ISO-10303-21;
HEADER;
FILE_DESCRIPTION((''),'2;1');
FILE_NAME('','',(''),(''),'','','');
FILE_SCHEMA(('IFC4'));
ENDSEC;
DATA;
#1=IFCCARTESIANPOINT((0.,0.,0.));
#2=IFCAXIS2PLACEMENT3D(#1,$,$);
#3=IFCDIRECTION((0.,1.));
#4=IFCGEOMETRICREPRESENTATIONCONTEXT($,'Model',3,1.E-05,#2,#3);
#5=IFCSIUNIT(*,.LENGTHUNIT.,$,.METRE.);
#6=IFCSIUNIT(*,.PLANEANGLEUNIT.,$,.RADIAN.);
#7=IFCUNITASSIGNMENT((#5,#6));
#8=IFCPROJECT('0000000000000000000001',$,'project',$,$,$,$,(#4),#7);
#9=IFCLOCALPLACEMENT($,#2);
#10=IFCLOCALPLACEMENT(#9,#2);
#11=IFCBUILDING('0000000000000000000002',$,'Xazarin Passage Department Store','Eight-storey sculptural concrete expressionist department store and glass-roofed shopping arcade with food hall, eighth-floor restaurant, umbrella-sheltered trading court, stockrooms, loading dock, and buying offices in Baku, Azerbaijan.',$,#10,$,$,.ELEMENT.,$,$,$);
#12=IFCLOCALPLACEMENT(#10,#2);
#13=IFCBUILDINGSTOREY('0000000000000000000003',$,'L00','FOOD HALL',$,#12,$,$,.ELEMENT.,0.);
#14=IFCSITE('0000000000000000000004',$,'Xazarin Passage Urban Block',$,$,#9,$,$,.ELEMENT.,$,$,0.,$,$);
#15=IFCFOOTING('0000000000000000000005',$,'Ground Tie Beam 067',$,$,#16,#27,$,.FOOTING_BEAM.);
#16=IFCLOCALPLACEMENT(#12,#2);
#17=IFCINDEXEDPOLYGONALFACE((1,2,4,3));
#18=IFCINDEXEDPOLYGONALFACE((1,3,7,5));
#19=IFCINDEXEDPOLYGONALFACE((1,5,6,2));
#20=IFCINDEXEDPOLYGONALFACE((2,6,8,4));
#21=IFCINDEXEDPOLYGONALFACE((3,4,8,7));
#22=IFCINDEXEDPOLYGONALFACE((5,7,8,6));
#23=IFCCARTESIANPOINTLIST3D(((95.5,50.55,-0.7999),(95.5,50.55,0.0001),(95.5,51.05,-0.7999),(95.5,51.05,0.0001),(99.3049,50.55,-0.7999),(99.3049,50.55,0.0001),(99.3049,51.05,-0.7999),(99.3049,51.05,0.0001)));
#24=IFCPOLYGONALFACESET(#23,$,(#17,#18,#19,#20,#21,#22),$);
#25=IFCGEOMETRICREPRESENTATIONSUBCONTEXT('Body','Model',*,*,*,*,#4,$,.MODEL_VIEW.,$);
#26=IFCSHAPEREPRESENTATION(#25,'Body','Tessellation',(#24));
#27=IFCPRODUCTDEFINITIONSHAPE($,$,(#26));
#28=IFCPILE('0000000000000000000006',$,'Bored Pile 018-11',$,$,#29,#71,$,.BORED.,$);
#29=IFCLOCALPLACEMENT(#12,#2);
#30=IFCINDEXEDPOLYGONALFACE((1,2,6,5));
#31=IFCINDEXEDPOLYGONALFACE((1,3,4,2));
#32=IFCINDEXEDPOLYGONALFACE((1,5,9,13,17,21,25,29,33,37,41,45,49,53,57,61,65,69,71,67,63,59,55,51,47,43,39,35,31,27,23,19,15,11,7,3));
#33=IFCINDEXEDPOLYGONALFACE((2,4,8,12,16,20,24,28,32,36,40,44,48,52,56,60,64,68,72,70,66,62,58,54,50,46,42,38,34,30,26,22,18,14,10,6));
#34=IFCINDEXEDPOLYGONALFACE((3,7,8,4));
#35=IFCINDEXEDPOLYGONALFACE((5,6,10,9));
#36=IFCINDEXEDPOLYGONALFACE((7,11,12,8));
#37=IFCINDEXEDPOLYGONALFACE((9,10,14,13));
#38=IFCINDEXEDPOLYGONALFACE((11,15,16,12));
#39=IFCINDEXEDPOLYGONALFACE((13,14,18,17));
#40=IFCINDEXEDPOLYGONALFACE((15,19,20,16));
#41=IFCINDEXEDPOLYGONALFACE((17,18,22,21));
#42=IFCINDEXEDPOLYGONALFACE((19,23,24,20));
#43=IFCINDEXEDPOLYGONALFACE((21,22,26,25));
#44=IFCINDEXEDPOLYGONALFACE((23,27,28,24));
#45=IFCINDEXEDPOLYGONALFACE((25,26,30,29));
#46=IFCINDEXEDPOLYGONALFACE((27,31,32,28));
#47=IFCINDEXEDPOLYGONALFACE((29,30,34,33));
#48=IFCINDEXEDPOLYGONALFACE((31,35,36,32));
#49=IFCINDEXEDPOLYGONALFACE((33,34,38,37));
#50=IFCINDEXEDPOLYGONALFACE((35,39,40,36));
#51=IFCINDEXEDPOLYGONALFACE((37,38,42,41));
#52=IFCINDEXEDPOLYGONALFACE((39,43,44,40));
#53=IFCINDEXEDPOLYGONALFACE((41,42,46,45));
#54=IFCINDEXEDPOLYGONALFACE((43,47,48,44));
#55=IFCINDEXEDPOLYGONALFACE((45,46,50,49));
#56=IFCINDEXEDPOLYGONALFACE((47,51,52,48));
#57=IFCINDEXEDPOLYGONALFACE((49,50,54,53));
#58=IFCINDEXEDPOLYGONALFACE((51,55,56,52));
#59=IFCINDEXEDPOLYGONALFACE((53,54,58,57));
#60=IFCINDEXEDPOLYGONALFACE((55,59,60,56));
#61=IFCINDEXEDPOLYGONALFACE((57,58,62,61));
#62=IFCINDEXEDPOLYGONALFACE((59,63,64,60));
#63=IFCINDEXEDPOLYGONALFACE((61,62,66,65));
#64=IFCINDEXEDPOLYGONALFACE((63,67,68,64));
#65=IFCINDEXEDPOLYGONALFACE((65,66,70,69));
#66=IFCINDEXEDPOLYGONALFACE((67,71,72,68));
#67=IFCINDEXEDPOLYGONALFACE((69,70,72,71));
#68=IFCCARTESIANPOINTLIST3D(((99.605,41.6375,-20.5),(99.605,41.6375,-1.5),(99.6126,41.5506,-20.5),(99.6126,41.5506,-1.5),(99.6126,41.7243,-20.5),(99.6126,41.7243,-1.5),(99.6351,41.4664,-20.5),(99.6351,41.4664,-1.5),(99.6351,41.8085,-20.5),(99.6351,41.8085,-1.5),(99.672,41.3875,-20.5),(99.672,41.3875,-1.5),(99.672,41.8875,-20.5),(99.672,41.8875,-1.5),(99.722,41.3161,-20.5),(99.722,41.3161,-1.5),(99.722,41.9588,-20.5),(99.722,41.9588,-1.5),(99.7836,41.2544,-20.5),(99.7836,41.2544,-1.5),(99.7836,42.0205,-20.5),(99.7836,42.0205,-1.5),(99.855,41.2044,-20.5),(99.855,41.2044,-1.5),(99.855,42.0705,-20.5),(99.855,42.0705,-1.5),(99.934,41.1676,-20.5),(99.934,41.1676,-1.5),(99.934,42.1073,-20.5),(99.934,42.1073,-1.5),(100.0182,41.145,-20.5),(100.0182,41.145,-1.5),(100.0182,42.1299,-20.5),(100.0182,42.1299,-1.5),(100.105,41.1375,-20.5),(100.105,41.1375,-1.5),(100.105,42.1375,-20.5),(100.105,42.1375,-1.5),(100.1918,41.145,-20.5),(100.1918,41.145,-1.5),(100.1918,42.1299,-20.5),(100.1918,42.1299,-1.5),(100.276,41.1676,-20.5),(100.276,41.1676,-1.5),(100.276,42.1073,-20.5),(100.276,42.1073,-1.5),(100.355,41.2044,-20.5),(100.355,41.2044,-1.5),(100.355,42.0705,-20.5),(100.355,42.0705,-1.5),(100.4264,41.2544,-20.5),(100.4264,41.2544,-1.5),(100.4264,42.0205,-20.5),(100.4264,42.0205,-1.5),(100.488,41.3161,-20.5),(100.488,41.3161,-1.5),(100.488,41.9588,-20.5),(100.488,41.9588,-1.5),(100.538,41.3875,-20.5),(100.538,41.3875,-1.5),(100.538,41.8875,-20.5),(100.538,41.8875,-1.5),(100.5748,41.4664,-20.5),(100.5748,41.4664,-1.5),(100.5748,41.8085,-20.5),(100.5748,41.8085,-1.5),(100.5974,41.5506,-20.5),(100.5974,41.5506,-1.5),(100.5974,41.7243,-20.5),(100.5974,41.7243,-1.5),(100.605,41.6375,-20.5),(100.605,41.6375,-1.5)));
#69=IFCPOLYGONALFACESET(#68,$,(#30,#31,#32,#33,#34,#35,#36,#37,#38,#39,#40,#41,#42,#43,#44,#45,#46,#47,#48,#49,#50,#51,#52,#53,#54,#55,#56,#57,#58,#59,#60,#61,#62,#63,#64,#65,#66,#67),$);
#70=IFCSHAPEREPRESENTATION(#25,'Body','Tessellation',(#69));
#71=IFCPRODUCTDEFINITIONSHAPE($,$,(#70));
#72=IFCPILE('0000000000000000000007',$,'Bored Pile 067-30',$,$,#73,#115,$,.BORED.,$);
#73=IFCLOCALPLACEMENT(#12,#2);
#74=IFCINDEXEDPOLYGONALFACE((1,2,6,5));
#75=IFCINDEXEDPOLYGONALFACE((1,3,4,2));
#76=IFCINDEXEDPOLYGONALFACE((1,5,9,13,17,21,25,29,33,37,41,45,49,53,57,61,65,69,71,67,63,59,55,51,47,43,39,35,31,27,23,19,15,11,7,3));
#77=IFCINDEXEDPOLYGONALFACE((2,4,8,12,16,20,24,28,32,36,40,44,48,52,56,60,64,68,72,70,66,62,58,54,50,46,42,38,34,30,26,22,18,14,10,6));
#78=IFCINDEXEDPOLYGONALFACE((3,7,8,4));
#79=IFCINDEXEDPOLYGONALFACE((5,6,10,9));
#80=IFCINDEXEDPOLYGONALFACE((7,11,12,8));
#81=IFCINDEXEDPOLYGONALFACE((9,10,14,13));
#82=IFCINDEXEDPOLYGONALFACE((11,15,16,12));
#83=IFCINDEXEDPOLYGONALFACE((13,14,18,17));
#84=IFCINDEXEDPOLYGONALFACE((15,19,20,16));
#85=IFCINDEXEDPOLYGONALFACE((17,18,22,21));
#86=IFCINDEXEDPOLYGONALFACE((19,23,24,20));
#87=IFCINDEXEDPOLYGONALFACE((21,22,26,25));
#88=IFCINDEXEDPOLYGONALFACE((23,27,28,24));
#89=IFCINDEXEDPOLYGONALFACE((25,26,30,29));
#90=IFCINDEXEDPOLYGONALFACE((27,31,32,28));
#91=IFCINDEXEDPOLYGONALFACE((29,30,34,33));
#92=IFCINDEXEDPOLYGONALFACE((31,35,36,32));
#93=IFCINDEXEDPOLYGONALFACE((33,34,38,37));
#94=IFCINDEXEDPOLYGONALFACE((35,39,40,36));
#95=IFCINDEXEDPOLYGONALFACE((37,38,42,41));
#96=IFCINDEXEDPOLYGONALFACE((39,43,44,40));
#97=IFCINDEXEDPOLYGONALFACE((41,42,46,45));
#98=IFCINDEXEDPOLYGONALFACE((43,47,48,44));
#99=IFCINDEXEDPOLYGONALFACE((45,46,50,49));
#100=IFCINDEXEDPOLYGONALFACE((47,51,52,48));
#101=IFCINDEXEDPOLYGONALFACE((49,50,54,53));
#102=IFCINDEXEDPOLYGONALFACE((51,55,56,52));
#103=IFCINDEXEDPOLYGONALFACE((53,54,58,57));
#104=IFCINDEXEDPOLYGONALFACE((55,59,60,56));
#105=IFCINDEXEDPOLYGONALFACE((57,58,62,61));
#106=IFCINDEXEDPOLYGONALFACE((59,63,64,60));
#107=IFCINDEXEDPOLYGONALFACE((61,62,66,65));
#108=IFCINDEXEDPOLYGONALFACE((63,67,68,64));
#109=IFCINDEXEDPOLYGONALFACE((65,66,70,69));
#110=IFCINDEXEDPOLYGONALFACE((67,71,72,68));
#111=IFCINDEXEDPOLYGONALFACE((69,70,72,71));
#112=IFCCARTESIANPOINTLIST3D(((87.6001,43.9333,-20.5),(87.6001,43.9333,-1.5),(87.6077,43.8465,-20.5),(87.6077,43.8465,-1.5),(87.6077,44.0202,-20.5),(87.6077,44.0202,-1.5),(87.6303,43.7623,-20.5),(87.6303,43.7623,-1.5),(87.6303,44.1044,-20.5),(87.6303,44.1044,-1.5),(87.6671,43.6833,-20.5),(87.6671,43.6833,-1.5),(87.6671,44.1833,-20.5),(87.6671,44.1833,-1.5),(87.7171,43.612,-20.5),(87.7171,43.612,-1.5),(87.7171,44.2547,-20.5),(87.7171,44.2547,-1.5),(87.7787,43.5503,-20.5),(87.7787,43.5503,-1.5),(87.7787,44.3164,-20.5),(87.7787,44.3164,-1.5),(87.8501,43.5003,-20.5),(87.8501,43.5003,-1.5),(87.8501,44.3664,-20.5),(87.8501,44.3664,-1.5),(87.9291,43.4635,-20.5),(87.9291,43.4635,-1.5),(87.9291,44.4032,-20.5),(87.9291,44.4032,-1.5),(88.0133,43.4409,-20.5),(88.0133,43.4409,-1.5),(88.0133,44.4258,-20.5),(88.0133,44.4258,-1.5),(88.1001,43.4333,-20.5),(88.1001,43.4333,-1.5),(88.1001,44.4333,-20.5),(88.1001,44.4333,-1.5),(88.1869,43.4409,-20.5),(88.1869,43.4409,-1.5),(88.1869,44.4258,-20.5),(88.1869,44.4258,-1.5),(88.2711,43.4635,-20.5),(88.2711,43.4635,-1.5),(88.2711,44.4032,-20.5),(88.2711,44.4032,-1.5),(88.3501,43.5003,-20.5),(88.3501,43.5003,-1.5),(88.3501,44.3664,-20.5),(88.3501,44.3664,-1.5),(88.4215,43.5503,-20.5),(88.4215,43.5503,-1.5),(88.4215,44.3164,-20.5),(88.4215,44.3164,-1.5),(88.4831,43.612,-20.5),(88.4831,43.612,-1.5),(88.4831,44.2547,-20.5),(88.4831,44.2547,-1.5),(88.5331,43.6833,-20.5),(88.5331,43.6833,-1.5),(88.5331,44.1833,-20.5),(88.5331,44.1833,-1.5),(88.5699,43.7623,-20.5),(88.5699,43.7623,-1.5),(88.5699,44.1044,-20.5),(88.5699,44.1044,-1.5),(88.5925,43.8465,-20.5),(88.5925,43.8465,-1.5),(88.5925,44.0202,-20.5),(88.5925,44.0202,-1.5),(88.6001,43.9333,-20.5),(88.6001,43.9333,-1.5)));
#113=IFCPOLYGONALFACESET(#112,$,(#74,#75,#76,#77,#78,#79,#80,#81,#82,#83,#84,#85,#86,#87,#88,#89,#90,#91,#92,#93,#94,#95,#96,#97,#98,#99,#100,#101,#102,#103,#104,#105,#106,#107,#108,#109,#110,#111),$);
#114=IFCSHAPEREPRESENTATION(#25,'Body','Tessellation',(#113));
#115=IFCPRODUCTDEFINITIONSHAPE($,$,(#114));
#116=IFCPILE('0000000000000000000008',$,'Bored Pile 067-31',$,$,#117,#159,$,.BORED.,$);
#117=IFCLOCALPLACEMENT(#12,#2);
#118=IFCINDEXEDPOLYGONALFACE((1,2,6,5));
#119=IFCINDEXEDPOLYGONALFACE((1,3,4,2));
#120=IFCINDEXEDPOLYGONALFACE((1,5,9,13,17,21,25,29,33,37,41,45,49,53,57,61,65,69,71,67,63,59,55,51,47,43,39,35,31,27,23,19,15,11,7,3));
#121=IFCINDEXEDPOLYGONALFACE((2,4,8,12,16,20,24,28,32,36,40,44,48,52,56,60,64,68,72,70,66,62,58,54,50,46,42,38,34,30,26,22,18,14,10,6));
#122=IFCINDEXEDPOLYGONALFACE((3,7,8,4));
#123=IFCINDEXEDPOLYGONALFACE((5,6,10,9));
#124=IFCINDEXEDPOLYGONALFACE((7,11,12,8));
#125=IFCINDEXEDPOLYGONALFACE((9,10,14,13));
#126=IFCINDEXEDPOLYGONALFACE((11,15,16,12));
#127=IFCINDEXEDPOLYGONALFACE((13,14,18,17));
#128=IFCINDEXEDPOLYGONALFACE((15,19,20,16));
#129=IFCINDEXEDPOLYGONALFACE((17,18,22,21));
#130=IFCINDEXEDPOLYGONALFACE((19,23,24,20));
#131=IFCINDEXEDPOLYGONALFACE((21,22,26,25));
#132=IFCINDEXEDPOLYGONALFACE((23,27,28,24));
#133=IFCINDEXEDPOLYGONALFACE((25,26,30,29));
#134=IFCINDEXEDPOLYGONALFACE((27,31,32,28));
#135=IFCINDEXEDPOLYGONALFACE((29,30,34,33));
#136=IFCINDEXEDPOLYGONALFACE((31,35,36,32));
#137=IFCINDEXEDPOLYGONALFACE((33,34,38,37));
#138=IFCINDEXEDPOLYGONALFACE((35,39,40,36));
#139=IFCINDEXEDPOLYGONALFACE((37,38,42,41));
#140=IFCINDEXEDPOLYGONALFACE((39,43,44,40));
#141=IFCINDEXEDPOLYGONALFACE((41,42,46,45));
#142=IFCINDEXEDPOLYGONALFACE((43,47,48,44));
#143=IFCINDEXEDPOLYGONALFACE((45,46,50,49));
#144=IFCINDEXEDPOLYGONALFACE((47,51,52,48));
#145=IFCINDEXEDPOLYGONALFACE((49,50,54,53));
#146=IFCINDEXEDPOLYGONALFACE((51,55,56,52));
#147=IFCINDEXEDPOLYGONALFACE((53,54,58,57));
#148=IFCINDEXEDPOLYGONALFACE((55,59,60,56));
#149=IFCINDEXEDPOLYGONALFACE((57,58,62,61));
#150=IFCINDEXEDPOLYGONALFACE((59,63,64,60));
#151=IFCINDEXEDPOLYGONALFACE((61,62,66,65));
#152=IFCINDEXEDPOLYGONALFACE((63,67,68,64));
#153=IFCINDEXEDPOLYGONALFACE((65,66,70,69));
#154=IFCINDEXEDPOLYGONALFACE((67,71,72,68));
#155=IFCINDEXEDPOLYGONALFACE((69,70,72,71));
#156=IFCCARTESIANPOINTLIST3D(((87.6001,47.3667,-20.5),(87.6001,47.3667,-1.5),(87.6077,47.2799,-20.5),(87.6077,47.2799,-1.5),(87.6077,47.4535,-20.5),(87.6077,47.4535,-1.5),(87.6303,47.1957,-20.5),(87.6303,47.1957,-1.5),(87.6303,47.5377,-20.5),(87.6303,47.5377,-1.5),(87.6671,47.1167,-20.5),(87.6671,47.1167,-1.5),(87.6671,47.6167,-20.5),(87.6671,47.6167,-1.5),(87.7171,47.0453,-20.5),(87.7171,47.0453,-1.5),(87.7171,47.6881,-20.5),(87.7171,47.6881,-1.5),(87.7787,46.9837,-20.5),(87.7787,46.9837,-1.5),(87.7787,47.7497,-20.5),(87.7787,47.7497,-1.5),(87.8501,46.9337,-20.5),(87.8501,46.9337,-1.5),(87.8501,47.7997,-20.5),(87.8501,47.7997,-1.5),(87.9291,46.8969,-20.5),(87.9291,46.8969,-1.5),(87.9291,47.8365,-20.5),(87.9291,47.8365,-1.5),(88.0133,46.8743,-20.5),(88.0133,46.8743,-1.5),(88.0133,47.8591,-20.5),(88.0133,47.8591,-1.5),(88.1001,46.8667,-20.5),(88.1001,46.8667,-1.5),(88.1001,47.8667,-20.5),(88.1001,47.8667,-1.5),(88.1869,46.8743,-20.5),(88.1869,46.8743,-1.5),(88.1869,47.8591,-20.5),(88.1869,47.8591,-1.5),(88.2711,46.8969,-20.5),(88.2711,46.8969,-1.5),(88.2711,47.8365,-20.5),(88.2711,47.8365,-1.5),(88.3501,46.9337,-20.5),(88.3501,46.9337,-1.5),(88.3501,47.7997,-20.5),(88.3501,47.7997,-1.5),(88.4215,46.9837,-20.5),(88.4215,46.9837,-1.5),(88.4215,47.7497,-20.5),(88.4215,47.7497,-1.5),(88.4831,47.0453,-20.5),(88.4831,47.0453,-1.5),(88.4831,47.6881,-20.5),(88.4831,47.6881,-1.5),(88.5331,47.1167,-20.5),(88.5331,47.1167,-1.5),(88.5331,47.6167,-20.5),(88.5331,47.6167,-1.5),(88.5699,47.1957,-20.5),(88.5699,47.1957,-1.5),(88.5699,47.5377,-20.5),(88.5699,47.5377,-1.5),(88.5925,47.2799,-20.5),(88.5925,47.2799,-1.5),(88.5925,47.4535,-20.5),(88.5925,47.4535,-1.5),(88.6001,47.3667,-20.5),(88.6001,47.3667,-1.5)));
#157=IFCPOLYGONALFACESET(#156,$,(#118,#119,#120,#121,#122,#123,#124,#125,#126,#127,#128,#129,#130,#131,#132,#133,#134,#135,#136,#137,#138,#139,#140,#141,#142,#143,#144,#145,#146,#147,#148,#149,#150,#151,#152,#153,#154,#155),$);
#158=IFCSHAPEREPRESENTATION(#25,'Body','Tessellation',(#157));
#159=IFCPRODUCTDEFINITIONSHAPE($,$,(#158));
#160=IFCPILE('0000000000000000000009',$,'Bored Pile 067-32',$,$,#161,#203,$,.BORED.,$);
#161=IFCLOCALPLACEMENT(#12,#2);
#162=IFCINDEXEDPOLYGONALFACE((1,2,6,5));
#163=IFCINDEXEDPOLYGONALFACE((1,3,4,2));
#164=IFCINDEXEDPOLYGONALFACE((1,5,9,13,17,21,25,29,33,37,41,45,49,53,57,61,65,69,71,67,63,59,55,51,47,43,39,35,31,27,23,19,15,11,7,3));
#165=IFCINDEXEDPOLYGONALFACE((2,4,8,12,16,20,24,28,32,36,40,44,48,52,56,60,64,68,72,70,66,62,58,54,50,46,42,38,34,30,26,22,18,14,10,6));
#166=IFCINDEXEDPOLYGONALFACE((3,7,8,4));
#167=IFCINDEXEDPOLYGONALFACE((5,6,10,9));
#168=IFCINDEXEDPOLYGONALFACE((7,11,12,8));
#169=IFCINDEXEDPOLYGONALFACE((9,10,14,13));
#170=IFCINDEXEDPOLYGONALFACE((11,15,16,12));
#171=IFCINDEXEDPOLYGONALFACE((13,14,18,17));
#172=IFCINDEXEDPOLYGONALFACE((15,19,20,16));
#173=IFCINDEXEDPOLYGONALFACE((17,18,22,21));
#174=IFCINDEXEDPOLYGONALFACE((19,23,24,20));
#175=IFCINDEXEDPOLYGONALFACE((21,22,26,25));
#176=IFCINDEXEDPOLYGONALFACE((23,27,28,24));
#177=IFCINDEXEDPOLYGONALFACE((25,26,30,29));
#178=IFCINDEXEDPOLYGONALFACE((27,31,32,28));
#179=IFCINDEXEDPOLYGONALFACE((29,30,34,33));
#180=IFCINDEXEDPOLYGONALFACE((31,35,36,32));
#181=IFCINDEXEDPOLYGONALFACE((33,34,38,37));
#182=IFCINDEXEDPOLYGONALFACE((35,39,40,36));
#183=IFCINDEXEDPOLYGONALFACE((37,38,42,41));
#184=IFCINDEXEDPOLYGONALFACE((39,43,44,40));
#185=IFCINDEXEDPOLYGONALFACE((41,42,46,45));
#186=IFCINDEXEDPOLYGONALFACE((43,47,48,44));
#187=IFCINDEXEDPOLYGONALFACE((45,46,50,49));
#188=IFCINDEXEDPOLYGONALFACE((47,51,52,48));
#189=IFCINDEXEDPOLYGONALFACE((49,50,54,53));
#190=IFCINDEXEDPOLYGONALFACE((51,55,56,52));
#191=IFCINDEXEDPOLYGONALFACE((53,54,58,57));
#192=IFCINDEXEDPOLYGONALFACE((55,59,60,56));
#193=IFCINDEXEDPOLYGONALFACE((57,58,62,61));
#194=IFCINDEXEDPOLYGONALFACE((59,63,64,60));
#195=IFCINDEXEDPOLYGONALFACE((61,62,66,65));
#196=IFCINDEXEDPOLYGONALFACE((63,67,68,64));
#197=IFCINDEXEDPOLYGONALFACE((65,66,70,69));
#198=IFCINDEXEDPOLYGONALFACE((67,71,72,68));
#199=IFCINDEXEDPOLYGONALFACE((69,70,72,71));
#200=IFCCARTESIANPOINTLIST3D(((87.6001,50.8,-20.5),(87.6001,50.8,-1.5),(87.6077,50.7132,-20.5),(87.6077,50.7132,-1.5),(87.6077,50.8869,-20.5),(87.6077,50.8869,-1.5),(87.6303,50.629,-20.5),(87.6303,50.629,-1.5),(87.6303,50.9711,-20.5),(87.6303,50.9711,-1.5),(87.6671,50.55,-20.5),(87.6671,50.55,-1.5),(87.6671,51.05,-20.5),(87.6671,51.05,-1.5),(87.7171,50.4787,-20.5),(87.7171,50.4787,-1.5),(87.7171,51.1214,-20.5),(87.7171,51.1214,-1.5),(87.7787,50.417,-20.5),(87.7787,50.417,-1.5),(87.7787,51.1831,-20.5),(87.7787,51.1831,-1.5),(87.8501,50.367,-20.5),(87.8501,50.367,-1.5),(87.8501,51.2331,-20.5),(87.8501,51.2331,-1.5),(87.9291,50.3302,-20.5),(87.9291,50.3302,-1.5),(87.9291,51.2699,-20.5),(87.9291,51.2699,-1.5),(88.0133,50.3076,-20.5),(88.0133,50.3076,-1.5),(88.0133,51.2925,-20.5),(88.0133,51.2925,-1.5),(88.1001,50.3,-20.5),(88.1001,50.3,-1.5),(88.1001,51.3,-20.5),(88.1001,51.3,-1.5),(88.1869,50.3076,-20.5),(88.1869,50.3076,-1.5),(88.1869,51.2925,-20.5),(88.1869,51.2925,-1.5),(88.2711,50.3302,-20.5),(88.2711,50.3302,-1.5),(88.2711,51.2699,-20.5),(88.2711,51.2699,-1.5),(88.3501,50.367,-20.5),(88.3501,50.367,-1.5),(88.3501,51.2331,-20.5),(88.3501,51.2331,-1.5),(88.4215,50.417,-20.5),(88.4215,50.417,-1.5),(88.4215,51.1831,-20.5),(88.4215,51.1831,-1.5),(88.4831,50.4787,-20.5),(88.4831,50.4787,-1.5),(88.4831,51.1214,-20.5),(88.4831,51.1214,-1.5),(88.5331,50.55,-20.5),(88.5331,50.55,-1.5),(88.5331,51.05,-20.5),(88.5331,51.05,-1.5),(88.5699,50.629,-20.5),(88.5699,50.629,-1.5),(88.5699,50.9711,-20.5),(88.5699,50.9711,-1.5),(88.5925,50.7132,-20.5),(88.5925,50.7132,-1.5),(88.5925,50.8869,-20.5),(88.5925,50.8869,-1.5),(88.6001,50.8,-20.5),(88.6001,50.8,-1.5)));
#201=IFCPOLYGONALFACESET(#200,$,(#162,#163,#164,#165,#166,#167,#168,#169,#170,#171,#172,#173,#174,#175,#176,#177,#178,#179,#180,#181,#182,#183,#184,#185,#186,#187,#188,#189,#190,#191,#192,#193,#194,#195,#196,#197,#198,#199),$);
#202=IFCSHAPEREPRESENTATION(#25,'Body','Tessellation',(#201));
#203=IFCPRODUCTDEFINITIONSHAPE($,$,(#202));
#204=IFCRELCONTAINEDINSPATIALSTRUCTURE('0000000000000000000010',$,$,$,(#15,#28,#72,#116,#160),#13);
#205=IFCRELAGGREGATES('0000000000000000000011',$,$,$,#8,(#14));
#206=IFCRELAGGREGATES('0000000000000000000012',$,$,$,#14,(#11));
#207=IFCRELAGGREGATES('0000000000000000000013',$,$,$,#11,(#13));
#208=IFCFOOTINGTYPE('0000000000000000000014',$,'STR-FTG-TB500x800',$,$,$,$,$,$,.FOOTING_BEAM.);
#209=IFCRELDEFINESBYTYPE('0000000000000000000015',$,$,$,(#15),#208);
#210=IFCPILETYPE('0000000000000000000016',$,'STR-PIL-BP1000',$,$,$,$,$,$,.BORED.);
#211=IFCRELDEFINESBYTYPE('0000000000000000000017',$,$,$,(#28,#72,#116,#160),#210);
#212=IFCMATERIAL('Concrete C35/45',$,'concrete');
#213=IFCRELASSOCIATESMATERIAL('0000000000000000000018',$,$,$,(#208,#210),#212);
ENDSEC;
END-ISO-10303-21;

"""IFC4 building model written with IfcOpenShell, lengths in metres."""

from ifc_helpers import new_model, si_unit, direction, frame, origin, origin_2d, place, context, subcontext, project, spatial, rectangle, circle, extrude, material, material_profile, profile_set, type_object, element, save


model = new_model("IFC4")

# Units and contexts
model_context = context("Model", 3, precision=1e-05, world=origin(), true_north=direction((0.0, 1.0)))
body_context = subcontext(model_context, "Body", "Model", "MODEL_VIEW")
ifc_project = project(units=[si_unit("LENGTHUNIT", "METRE"), si_unit("PLANEANGLEUNIT", "RADIAN")], contexts=[model_context])

# Site, building, storey
site_placement = place(None, origin())
site = spatial("IfcSite", under=ifc_project, at=site_placement, Name="Xazarin Passage Urban Block", CompositionType="ELEMENT", RefElevation=0.0)
building_placement = place(site_placement, origin())
building = spatial("IfcBuilding", under=site, at=building_placement, Name="Xazarin Passage Department Store", Description="Eight-storey sculptural concrete expressionist department store and glass-roofed shopping arcade with food hall, eighth-floor restaurant, umbrella-sheltered trading court, stockrooms, loading dock, and buying offices in Baku, Azerbaijan.", CompositionType="ELEMENT")
storey_placement = place(building_placement, origin())
storey = spatial("IfcBuildingStorey", under=building, at=storey_placement, Name="L00", Description="FOOD HALL", CompositionType="ELEMENT", Elevation=0.0)

# Footing
ifc_material_1 = material(Name="Concrete C35/45", Category="concrete")
ifc_material_profile_1 = material_profile(ifc_material_1, rectangle(XDim=0.5, YDim=0.8, at=origin_2d()), Name="RC 500x800")
ifc_profile_set_1 = profile_set([ifc_material_profile_1], Name="Concrete C35/45")
footing_type = type_object("IfcFootingType", Name="STR-FTG-TB500x800", PredefinedType="FOOTING_BEAM", material=ifc_profile_set_1)
footing_placement = place(storey_placement, frame((95.5, 50.8, -0.3999), z_axis=(1.0, 0.0, 0.0), x_axis=(0.0, 1.0, 0.0)))
element("IfcFooting", 1, at=footing_placement, inside=storey, type_object=footing_type, Name="Ground Tie Beam 067", PredefinedType="FOOTING_BEAM", context=body_context, shape_type="SweptSolid", body=[
    extrude(rectangle(XDim=0.5, YDim=0.8, at=origin_2d()), origin(), (0.0, 0.0, 1.0), 3.8049),
])

# Piles
ifc_material_profile_2 = material_profile(ifc_material_1, circle(Radius=0.5, at=origin_2d()), Name="BP 1000")
ifc_profile_set_2 = profile_set([ifc_material_profile_2], Name="Concrete C35/45")
pile_type_1 = type_object("IfcPileType", Name="STR-PIL-BP1000", PredefinedType="BORED", material=ifc_profile_set_2)
for number, where, z_axis, x_axis, name in (
    (2, (100.105, 41.6375, -1.5), (0.0, 0.0, -1.0), (1.0, 0.0, 0.0), "Bored Pile 018-11"),
    (3, (88.1001, 43.9333, -1.5), (0.0, 0.0, -1.0), (1.0, 0.0, 0.0), "Bored Pile 067-30"),
    (4, (88.1001, 47.3667, -1.5), (0.0, 0.0, -1.0), (1.0, 0.0, 0.0), "Bored Pile 067-31"),
    (5, (88.1001, 50.8, -1.5), (0.0, 0.0, -1.0), (1.0, 0.0, 0.0), "Bored Pile 067-32"),
):
    element("IfcPile", number, at=place(storey_placement, frame(where, z_axis=z_axis, x_axis=x_axis)), inside=storey, type_object=pile_type_1, Name=name, PredefinedType="BORED", context=body_context, shape_type="SweptSolid", body=[
        extrude(circle(Radius=0.5, at=origin_2d()), origin(), (0.0, 0.0, 1.0), 19.0),
    ])

save(model, "model.ifc")
